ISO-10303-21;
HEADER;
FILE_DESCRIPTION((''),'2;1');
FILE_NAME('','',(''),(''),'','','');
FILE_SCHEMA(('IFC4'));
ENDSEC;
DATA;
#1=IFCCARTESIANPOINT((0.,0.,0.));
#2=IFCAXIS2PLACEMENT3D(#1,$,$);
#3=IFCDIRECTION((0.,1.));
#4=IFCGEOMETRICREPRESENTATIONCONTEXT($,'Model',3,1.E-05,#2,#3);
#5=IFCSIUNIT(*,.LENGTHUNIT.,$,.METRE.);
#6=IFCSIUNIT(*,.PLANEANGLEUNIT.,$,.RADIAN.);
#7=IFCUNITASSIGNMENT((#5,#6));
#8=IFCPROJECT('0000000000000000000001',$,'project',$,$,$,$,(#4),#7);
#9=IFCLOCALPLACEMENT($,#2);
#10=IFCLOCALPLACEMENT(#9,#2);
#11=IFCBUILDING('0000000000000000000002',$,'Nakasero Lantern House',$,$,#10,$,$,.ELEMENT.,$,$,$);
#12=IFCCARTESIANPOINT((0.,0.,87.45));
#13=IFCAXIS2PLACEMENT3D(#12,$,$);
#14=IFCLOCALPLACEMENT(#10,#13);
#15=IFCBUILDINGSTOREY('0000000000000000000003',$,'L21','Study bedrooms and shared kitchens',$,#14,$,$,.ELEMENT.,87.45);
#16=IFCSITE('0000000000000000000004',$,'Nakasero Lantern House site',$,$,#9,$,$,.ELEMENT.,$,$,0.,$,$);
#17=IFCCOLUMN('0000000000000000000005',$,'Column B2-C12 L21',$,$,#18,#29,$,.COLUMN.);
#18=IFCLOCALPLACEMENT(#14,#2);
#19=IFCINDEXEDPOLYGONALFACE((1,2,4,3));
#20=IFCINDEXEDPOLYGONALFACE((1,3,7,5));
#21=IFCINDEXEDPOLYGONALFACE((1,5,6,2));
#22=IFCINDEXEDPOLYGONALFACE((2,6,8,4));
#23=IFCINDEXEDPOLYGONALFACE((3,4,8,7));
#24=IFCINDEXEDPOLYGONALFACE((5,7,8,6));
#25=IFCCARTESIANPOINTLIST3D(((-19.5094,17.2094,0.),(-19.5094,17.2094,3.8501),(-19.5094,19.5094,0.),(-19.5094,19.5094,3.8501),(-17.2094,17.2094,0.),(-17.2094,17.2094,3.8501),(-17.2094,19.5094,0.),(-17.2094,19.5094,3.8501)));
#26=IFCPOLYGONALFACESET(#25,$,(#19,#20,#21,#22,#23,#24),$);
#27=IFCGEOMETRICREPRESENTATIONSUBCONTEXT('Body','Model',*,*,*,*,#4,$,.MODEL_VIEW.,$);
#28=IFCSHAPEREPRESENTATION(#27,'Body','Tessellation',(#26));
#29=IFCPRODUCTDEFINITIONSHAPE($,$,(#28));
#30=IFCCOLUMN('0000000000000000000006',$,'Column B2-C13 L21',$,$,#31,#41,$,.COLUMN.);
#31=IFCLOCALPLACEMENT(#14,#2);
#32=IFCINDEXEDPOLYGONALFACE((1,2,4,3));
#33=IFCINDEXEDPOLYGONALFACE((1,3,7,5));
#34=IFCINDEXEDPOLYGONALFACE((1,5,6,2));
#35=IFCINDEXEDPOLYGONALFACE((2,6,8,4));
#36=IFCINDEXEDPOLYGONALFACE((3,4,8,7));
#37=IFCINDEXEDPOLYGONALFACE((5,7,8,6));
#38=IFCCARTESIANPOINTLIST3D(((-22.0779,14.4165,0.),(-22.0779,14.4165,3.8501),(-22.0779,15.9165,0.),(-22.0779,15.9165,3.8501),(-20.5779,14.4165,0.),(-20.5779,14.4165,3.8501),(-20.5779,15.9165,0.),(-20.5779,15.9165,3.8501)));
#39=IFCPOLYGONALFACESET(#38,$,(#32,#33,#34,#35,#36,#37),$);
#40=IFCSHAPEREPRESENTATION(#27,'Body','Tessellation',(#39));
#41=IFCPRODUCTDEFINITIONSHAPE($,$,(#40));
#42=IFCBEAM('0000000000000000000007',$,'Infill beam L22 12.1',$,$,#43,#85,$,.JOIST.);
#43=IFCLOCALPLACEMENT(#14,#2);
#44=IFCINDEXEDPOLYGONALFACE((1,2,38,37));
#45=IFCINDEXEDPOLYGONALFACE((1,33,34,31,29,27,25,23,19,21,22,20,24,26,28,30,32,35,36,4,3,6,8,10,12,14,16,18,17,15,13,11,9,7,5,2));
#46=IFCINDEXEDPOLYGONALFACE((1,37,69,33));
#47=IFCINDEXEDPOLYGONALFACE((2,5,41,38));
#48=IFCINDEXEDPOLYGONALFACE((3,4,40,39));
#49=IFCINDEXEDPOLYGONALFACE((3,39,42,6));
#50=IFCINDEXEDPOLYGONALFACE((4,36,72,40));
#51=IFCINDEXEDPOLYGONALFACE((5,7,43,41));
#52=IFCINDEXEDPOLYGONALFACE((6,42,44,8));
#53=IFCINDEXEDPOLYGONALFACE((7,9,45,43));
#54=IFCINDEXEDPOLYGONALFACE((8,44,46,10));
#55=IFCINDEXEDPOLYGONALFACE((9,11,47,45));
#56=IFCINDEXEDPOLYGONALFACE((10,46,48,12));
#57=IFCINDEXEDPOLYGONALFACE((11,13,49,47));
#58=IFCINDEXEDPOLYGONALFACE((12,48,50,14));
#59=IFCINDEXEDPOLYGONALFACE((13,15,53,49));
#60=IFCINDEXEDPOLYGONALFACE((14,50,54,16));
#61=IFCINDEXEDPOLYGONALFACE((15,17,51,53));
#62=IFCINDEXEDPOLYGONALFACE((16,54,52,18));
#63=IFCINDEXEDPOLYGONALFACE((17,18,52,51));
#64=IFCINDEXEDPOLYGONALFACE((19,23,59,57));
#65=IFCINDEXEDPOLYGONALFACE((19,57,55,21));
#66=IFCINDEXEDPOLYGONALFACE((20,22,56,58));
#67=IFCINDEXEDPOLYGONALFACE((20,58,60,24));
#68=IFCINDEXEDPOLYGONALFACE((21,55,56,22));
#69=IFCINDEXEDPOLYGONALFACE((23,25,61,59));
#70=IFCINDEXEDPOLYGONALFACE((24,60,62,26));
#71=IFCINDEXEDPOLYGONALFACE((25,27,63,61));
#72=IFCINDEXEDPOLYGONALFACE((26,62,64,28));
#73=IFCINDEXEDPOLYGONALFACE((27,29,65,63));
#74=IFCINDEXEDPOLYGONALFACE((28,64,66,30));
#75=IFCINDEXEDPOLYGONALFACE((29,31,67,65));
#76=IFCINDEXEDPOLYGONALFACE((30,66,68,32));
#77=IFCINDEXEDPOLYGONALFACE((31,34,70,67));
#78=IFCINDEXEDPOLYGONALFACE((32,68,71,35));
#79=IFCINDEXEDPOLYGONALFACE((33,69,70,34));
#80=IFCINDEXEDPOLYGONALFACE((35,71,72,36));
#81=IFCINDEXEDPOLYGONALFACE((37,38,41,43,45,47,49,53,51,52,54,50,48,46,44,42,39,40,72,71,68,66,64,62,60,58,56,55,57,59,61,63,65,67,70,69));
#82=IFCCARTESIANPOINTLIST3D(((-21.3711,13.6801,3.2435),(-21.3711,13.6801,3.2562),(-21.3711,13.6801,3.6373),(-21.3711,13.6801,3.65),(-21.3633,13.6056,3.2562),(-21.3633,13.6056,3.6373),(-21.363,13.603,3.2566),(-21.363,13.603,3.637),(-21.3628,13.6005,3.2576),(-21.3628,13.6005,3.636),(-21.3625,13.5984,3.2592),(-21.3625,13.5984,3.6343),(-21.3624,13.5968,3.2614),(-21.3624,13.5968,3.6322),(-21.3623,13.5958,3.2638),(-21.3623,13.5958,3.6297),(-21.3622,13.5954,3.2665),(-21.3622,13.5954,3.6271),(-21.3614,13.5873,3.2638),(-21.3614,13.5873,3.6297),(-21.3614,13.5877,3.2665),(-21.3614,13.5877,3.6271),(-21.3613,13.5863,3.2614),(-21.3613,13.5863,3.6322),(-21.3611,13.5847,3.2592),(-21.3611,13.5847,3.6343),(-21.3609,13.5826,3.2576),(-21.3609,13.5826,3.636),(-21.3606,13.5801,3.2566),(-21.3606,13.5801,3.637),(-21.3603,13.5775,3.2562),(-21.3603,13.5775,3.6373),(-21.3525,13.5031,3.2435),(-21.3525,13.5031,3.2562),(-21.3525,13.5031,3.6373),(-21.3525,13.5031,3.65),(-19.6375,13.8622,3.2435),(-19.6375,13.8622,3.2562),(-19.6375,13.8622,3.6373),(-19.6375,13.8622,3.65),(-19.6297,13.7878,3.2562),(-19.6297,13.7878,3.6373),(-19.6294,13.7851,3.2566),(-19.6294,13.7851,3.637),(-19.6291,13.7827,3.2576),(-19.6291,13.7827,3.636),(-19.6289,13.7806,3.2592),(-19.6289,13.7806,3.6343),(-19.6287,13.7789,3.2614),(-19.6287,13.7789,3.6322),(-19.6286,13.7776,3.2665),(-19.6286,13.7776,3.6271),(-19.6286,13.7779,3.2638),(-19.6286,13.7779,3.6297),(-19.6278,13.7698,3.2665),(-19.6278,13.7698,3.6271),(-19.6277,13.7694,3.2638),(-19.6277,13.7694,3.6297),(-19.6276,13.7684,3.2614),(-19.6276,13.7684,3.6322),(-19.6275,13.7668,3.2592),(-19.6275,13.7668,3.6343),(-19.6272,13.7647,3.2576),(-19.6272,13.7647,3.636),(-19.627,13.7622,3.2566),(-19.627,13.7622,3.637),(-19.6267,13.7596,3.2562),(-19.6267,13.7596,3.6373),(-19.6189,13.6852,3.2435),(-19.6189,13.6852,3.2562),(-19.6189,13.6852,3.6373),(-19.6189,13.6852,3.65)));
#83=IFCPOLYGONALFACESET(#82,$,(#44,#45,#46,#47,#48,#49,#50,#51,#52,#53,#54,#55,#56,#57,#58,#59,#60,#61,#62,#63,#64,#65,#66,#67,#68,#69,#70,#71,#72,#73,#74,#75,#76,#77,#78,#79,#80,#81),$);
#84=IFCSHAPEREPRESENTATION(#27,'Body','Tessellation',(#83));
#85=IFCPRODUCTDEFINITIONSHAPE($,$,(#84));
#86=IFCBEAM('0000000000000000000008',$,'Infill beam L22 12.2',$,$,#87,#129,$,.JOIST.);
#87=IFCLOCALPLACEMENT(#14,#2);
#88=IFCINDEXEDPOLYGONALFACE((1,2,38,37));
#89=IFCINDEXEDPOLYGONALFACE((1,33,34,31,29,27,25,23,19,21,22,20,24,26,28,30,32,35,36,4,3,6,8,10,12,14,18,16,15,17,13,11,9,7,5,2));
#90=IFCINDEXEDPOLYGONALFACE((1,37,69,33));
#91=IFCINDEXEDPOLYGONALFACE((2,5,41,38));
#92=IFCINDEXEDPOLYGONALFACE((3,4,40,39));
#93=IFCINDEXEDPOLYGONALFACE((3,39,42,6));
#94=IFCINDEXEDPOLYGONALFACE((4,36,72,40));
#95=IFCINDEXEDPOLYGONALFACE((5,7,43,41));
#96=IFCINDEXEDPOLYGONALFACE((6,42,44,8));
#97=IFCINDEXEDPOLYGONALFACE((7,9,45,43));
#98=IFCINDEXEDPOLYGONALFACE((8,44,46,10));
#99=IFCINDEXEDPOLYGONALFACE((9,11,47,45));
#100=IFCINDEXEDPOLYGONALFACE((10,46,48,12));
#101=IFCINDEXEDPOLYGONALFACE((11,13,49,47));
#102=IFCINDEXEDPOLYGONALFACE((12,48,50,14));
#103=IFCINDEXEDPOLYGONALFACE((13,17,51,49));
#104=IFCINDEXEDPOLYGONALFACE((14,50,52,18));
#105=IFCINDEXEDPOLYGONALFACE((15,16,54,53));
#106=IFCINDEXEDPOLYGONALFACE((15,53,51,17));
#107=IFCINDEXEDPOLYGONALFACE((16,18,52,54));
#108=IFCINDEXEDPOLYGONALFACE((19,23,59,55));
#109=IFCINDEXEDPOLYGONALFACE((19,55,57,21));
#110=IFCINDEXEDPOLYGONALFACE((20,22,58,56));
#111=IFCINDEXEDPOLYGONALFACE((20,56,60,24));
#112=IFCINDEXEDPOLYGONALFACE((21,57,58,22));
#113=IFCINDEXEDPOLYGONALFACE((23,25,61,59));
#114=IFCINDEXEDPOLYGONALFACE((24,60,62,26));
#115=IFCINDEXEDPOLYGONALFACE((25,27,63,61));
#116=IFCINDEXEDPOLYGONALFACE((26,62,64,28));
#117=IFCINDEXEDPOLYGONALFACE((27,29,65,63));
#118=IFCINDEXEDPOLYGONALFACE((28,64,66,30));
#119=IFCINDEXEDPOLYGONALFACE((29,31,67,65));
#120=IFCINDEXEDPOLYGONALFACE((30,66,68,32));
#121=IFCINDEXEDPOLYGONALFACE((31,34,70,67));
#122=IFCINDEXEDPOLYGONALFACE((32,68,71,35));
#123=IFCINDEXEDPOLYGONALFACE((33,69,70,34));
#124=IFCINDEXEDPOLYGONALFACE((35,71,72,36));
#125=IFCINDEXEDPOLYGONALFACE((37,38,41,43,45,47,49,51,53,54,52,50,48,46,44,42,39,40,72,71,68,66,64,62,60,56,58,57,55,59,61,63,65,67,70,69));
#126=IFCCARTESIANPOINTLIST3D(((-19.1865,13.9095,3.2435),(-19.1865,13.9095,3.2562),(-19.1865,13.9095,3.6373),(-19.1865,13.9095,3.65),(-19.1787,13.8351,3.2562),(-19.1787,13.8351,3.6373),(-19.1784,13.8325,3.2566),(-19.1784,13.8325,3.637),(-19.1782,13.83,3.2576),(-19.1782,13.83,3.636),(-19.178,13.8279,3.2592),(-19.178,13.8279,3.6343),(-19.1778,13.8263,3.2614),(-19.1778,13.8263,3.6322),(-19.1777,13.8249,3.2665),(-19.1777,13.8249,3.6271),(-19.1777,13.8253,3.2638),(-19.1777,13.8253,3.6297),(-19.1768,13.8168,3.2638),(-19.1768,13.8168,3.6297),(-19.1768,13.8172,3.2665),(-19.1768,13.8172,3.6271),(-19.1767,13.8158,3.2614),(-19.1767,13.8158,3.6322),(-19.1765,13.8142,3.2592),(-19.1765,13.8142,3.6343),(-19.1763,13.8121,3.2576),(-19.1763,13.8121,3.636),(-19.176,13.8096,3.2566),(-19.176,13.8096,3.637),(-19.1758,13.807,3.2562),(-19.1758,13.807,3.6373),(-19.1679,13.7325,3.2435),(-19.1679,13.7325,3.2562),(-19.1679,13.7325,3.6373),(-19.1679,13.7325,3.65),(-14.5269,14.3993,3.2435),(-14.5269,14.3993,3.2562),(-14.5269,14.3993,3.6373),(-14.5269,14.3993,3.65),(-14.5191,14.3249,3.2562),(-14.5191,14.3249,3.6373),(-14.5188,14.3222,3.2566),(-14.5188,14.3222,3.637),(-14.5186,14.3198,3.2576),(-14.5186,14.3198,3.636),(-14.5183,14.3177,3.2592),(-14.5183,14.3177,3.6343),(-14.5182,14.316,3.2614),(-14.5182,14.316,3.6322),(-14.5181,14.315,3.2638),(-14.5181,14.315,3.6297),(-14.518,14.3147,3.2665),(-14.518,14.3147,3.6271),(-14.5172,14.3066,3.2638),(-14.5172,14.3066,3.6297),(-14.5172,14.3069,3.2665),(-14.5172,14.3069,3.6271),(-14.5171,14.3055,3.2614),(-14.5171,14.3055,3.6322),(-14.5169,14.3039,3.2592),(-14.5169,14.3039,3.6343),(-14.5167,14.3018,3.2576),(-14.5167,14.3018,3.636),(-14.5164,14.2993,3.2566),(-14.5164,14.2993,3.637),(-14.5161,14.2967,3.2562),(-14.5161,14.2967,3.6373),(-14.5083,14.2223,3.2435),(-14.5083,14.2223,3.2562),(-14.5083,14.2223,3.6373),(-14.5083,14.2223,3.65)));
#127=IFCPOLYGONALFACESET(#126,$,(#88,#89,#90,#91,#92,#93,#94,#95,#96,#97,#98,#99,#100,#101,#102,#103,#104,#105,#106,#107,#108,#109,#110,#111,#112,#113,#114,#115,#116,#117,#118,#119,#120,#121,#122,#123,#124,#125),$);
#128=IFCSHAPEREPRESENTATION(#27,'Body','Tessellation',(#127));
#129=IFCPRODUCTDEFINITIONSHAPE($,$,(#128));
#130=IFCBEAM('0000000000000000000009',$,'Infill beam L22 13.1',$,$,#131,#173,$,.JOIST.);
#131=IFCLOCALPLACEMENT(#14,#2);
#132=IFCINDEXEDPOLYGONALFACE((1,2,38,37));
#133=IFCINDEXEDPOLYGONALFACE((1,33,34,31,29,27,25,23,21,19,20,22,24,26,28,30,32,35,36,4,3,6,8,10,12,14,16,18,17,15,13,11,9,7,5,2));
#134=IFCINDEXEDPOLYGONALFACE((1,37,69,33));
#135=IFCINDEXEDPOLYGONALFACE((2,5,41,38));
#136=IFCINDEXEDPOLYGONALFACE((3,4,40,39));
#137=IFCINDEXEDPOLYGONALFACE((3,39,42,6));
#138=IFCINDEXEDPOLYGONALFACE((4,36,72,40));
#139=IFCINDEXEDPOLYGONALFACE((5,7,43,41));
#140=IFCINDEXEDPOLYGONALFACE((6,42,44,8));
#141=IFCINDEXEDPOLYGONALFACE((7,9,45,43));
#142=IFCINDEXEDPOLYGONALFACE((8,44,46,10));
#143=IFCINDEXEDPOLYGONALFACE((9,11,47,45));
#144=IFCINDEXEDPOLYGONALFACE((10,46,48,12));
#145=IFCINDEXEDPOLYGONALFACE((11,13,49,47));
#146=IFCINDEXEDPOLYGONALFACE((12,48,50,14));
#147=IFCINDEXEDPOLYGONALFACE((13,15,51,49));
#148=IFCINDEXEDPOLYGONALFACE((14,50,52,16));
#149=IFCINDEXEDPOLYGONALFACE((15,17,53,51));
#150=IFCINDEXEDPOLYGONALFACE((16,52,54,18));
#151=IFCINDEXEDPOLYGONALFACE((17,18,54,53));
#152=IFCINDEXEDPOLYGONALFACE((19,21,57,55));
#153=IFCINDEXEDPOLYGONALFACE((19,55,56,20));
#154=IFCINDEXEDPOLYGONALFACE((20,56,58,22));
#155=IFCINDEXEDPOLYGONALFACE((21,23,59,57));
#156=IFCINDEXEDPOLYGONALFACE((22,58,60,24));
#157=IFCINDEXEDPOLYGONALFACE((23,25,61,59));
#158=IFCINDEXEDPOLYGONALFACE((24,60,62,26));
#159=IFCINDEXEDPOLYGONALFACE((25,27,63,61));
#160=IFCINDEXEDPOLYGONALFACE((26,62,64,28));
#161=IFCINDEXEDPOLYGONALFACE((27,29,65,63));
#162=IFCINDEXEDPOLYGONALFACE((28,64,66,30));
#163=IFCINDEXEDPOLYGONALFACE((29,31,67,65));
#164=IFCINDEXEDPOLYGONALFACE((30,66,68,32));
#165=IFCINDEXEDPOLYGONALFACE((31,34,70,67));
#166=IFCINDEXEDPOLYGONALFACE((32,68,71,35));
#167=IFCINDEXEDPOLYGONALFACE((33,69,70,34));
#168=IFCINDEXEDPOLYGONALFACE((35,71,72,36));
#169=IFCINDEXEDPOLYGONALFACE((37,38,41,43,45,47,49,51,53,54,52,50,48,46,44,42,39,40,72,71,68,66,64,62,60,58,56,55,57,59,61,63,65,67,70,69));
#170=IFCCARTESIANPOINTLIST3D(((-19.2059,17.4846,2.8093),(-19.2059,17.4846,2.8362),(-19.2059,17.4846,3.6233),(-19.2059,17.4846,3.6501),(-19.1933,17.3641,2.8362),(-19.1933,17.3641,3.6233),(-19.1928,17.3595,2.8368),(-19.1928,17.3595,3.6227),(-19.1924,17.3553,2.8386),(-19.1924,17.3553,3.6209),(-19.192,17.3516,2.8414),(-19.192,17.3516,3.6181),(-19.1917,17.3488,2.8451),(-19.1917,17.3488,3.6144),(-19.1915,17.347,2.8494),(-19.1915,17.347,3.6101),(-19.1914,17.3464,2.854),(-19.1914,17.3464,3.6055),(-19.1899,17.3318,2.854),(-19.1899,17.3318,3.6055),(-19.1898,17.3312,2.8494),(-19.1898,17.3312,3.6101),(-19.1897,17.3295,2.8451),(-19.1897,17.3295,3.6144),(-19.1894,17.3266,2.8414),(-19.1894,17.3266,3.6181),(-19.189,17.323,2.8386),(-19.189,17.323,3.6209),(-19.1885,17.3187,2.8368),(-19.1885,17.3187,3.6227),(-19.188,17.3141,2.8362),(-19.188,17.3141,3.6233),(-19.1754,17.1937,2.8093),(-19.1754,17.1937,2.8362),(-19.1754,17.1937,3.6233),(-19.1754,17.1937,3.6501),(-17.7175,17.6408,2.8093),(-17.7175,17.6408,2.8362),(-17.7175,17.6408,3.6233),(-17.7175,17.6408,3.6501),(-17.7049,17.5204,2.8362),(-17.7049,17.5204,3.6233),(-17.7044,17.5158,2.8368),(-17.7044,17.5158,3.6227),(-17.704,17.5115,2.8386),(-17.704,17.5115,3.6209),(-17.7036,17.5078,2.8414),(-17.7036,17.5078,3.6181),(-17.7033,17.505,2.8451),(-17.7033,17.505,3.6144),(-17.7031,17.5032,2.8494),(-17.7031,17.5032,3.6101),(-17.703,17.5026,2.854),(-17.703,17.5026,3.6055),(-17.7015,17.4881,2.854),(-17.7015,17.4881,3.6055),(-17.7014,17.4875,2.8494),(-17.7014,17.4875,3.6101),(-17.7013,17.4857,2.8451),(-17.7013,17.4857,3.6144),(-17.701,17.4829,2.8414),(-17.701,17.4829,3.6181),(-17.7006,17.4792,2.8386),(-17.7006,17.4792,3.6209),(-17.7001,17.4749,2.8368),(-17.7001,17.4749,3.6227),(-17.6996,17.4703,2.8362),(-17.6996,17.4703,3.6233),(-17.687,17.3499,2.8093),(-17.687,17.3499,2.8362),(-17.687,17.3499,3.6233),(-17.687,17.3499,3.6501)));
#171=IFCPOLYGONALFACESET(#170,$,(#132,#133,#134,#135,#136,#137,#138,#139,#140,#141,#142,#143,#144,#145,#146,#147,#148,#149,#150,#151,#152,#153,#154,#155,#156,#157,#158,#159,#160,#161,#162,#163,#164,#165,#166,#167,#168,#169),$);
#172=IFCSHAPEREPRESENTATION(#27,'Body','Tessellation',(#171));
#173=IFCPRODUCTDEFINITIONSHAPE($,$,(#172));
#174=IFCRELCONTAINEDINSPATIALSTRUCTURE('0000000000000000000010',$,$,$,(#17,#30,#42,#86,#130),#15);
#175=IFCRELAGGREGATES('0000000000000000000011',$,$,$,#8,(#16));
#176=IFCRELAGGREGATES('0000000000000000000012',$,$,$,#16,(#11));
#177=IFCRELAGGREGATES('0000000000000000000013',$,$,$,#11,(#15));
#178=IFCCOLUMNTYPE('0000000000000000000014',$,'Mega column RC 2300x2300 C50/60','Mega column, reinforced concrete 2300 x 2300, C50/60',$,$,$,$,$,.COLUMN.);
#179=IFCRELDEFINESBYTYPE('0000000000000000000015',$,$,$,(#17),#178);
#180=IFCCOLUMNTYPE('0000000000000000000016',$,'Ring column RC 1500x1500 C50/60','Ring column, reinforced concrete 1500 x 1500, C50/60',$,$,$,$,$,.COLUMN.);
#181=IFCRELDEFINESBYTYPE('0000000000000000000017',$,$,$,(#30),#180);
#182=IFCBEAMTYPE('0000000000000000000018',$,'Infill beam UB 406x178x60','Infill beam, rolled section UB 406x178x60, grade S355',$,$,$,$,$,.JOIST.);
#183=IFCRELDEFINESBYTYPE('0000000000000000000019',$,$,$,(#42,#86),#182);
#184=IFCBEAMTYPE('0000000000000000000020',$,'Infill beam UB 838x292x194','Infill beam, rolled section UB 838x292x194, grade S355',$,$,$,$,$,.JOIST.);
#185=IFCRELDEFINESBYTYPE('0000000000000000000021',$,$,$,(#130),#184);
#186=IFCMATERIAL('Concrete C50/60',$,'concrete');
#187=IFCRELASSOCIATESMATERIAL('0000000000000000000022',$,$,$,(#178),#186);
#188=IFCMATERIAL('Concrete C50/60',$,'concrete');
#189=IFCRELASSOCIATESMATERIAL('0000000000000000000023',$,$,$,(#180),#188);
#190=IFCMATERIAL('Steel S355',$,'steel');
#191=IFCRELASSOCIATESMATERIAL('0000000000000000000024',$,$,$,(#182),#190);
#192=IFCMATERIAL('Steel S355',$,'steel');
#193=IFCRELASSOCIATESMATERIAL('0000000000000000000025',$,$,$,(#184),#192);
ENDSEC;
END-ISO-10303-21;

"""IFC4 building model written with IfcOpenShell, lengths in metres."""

from ifc_helpers import new_model, si_unit, direction, frame, origin, origin_2d, place, context, subcontext, project, spatial, rectangle, i_section, extrude, material, material_profile, profile_set, type_object, element, save


model = new_model("IFC4")

# Units and contexts
model_context = context("Model", 3, precision=1e-05, world=origin(), true_north=direction((0.0, 1.0)))
body_context = subcontext(model_context, "Body", "Model", "MODEL_VIEW")
ifc_project = project(units=[si_unit("LENGTHUNIT", "METRE"), si_unit("PLANEANGLEUNIT", "RADIAN")], contexts=[model_context])

# Site, building, storey
site_placement = place(None, origin())
site = spatial("IfcSite", under=ifc_project, at=site_placement, Name="Nakasero Lantern House site", CompositionType="ELEMENT", RefElevation=0.0)
building_placement = place(site_placement, origin())
building = spatial("IfcBuilding", under=site, at=building_placement, Name="Nakasero Lantern House", CompositionType="ELEMENT")
storey_placement = place(building_placement, frame((0.0, 0.0, 87.45)))
storey = spatial("IfcBuildingStorey", under=building, at=storey_placement, Name="L21", Description="Study bedrooms and shared kitchens", CompositionType="ELEMENT", Elevation=87.45)

# Columns
ifc_material_1 = material(Name="Concrete C50/60", Category="concrete")
ifc_material_profile_1 = material_profile(ifc_material_1, rectangle(XDim=2.3, YDim=2.3, at=origin_2d()), Name="RC 2300x2300")
ifc_profile_set_1 = profile_set([ifc_material_profile_1], Name="Concrete C50/60")
column_type_1 = type_object("IfcColumnType", Name="Mega column RC 2300x2300 C50/60", Description="Mega column, reinforced concrete 2300 x 2300, C50/60", PredefinedType="COLUMN", material=ifc_profile_set_1)
column_1_placement = place(storey_placement, frame((-18.3594, 18.3594, 0.0), z_axis=(0.0, 0.0, 1.0), x_axis=(1.0, 0.0, 0.0)))
element("IfcColumn", 1, at=column_1_placement, inside=storey, type_object=column_type_1, Name="Column B2-C12 L21", PredefinedType="COLUMN", context=body_context, shape_type="SweptSolid", body=[
    extrude(rectangle(XDim=2.3, YDim=2.3, at=origin_2d()), origin(), (0.0, 0.0, 1.0), 3.8501),
])
ifc_material_2 = material(Name="Concrete C50/60", Category="concrete")
ifc_material_profile_2 = material_profile(ifc_material_2, rectangle(XDim=1.5, YDim=1.5, at=origin_2d()), Name="RC 1500x1500")
ifc_profile_set_2 = profile_set([ifc_material_profile_2], Name="Concrete C50/60")
column_type_2 = type_object("IfcColumnType", Name="Ring column RC 1500x1500 C50/60", Description="Ring column, reinforced concrete 1500 x 1500, C50/60", PredefinedType="COLUMN", material=ifc_profile_set_2)
column_2_placement = place(storey_placement, frame((-21.3279, 15.1665, 0.0), z_axis=(0.0, 0.0, 1.0), x_axis=(1.0, 0.0, 0.0)))
element("IfcColumn", 2, at=column_2_placement, inside=storey, type_object=column_type_2, Name="Column B2-C13 L21", PredefinedType="COLUMN", context=body_context, shape_type="SweptSolid", body=[
    extrude(rectangle(XDim=1.5, YDim=1.5, at=origin_2d()), origin(), (0.0, 0.0, 1.0), 3.8501),
])

# Beams
ifc_material_3 = material(Name="Steel S355", Category="steel")
ifc_material_profile_3 = material_profile(ifc_material_3, i_section(OverallWidth=0.178, OverallDepth=0.4065, WebThickness=0.0078, FlangeThickness=0.0127, FilletRadius=0.0103, at=origin_2d()), Name="UB 406x178x60")
ifc_profile_set_3 = profile_set([ifc_material_profile_3], Name="Steel S355")
beam_type_1 = type_object("IfcBeamType", Name="Infill beam UB 406x178x60", Description="Infill beam, rolled section UB 406x178x60, grade S355", PredefinedType="JOIST", material=ifc_profile_set_3)
beam_1_placement = place(storey_placement, frame((-21.3618, 13.5916, 3.4468), z_axis=(0.994527, 0.104481, 0.0), x_axis=(-0.104481, 0.994527, 0.0)))
element("IfcBeam", 3, at=beam_1_placement, inside=storey, type_object=beam_type_1, Name="Infill beam L22 12.1", PredefinedType="JOIST", context=body_context, shape_type="SweptSolid", body=[
    extrude(i_section(OverallWidth=0.178, OverallDepth=0.4065, WebThickness=0.0078, FlangeThickness=0.0127, FilletRadius=0.0103, at=origin_2d()), origin(), (0.0, 0.0, 1.0), 1.7432),
])
beam_2_placement = place(storey_placement, frame((-19.1772, 13.821, 3.4468), z_axis=(0.994522, 0.104527, 0.0), x_axis=(-0.104527, 0.994522, 0.0)))
element("IfcBeam", 4, at=beam_2_placement, inside=storey, type_object=beam_type_1, Name="Infill beam L22 12.2", PredefinedType="JOIST", context=body_context, shape_type="SweptSolid", body=[
    extrude(i_section(OverallWidth=0.178, OverallDepth=0.4065, WebThickness=0.0078, FlangeThickness=0.0127, FilletRadius=0.0103, at=origin_2d()), origin(), (0.0, 0.0, 1.0), 4.6853),
])
ifc_material_4 = material(Name="Steel S355", Category="steel")
ifc_material_profile_4 = material_profile(ifc_material_4, i_section(OverallWidth=0.2925, OverallDepth=0.8408, WebThickness=0.0146, FlangeThickness=0.0269, FilletRadius=0.0178, at=origin_2d()), Name="UB 838x292x194")
ifc_profile_set_4 = profile_set([ifc_material_profile_4], Name="Steel S355")
beam_type_2 = type_object("IfcBeamType", Name="Infill beam UB 838x292x194", Description="Infill beam, rolled section UB 838x292x194, grade S355", PredefinedType="JOIST", material=ifc_profile_set_4)
beam_3_placement = place(storey_placement, frame((-19.1907, 17.3391, 3.2297), z_axis=(0.994536, 0.104396, 0.0), x_axis=(-0.104396, 0.994536, 0.0)))
element("IfcBeam", 5, at=beam_3_placement, inside=storey, type_object=beam_type_2, Name="Infill beam L22 13.1", PredefinedType="JOIST", context=body_context, shape_type="SweptSolid", body=[
    extrude(i_section(OverallWidth=0.2925, OverallDepth=0.8408, WebThickness=0.0146, FlangeThickness=0.0269, FilletRadius=0.0178, at=origin_2d()), origin(), (0.0, 0.0, 1.0), 1.4966),
])

save(model, "model.ifc")
